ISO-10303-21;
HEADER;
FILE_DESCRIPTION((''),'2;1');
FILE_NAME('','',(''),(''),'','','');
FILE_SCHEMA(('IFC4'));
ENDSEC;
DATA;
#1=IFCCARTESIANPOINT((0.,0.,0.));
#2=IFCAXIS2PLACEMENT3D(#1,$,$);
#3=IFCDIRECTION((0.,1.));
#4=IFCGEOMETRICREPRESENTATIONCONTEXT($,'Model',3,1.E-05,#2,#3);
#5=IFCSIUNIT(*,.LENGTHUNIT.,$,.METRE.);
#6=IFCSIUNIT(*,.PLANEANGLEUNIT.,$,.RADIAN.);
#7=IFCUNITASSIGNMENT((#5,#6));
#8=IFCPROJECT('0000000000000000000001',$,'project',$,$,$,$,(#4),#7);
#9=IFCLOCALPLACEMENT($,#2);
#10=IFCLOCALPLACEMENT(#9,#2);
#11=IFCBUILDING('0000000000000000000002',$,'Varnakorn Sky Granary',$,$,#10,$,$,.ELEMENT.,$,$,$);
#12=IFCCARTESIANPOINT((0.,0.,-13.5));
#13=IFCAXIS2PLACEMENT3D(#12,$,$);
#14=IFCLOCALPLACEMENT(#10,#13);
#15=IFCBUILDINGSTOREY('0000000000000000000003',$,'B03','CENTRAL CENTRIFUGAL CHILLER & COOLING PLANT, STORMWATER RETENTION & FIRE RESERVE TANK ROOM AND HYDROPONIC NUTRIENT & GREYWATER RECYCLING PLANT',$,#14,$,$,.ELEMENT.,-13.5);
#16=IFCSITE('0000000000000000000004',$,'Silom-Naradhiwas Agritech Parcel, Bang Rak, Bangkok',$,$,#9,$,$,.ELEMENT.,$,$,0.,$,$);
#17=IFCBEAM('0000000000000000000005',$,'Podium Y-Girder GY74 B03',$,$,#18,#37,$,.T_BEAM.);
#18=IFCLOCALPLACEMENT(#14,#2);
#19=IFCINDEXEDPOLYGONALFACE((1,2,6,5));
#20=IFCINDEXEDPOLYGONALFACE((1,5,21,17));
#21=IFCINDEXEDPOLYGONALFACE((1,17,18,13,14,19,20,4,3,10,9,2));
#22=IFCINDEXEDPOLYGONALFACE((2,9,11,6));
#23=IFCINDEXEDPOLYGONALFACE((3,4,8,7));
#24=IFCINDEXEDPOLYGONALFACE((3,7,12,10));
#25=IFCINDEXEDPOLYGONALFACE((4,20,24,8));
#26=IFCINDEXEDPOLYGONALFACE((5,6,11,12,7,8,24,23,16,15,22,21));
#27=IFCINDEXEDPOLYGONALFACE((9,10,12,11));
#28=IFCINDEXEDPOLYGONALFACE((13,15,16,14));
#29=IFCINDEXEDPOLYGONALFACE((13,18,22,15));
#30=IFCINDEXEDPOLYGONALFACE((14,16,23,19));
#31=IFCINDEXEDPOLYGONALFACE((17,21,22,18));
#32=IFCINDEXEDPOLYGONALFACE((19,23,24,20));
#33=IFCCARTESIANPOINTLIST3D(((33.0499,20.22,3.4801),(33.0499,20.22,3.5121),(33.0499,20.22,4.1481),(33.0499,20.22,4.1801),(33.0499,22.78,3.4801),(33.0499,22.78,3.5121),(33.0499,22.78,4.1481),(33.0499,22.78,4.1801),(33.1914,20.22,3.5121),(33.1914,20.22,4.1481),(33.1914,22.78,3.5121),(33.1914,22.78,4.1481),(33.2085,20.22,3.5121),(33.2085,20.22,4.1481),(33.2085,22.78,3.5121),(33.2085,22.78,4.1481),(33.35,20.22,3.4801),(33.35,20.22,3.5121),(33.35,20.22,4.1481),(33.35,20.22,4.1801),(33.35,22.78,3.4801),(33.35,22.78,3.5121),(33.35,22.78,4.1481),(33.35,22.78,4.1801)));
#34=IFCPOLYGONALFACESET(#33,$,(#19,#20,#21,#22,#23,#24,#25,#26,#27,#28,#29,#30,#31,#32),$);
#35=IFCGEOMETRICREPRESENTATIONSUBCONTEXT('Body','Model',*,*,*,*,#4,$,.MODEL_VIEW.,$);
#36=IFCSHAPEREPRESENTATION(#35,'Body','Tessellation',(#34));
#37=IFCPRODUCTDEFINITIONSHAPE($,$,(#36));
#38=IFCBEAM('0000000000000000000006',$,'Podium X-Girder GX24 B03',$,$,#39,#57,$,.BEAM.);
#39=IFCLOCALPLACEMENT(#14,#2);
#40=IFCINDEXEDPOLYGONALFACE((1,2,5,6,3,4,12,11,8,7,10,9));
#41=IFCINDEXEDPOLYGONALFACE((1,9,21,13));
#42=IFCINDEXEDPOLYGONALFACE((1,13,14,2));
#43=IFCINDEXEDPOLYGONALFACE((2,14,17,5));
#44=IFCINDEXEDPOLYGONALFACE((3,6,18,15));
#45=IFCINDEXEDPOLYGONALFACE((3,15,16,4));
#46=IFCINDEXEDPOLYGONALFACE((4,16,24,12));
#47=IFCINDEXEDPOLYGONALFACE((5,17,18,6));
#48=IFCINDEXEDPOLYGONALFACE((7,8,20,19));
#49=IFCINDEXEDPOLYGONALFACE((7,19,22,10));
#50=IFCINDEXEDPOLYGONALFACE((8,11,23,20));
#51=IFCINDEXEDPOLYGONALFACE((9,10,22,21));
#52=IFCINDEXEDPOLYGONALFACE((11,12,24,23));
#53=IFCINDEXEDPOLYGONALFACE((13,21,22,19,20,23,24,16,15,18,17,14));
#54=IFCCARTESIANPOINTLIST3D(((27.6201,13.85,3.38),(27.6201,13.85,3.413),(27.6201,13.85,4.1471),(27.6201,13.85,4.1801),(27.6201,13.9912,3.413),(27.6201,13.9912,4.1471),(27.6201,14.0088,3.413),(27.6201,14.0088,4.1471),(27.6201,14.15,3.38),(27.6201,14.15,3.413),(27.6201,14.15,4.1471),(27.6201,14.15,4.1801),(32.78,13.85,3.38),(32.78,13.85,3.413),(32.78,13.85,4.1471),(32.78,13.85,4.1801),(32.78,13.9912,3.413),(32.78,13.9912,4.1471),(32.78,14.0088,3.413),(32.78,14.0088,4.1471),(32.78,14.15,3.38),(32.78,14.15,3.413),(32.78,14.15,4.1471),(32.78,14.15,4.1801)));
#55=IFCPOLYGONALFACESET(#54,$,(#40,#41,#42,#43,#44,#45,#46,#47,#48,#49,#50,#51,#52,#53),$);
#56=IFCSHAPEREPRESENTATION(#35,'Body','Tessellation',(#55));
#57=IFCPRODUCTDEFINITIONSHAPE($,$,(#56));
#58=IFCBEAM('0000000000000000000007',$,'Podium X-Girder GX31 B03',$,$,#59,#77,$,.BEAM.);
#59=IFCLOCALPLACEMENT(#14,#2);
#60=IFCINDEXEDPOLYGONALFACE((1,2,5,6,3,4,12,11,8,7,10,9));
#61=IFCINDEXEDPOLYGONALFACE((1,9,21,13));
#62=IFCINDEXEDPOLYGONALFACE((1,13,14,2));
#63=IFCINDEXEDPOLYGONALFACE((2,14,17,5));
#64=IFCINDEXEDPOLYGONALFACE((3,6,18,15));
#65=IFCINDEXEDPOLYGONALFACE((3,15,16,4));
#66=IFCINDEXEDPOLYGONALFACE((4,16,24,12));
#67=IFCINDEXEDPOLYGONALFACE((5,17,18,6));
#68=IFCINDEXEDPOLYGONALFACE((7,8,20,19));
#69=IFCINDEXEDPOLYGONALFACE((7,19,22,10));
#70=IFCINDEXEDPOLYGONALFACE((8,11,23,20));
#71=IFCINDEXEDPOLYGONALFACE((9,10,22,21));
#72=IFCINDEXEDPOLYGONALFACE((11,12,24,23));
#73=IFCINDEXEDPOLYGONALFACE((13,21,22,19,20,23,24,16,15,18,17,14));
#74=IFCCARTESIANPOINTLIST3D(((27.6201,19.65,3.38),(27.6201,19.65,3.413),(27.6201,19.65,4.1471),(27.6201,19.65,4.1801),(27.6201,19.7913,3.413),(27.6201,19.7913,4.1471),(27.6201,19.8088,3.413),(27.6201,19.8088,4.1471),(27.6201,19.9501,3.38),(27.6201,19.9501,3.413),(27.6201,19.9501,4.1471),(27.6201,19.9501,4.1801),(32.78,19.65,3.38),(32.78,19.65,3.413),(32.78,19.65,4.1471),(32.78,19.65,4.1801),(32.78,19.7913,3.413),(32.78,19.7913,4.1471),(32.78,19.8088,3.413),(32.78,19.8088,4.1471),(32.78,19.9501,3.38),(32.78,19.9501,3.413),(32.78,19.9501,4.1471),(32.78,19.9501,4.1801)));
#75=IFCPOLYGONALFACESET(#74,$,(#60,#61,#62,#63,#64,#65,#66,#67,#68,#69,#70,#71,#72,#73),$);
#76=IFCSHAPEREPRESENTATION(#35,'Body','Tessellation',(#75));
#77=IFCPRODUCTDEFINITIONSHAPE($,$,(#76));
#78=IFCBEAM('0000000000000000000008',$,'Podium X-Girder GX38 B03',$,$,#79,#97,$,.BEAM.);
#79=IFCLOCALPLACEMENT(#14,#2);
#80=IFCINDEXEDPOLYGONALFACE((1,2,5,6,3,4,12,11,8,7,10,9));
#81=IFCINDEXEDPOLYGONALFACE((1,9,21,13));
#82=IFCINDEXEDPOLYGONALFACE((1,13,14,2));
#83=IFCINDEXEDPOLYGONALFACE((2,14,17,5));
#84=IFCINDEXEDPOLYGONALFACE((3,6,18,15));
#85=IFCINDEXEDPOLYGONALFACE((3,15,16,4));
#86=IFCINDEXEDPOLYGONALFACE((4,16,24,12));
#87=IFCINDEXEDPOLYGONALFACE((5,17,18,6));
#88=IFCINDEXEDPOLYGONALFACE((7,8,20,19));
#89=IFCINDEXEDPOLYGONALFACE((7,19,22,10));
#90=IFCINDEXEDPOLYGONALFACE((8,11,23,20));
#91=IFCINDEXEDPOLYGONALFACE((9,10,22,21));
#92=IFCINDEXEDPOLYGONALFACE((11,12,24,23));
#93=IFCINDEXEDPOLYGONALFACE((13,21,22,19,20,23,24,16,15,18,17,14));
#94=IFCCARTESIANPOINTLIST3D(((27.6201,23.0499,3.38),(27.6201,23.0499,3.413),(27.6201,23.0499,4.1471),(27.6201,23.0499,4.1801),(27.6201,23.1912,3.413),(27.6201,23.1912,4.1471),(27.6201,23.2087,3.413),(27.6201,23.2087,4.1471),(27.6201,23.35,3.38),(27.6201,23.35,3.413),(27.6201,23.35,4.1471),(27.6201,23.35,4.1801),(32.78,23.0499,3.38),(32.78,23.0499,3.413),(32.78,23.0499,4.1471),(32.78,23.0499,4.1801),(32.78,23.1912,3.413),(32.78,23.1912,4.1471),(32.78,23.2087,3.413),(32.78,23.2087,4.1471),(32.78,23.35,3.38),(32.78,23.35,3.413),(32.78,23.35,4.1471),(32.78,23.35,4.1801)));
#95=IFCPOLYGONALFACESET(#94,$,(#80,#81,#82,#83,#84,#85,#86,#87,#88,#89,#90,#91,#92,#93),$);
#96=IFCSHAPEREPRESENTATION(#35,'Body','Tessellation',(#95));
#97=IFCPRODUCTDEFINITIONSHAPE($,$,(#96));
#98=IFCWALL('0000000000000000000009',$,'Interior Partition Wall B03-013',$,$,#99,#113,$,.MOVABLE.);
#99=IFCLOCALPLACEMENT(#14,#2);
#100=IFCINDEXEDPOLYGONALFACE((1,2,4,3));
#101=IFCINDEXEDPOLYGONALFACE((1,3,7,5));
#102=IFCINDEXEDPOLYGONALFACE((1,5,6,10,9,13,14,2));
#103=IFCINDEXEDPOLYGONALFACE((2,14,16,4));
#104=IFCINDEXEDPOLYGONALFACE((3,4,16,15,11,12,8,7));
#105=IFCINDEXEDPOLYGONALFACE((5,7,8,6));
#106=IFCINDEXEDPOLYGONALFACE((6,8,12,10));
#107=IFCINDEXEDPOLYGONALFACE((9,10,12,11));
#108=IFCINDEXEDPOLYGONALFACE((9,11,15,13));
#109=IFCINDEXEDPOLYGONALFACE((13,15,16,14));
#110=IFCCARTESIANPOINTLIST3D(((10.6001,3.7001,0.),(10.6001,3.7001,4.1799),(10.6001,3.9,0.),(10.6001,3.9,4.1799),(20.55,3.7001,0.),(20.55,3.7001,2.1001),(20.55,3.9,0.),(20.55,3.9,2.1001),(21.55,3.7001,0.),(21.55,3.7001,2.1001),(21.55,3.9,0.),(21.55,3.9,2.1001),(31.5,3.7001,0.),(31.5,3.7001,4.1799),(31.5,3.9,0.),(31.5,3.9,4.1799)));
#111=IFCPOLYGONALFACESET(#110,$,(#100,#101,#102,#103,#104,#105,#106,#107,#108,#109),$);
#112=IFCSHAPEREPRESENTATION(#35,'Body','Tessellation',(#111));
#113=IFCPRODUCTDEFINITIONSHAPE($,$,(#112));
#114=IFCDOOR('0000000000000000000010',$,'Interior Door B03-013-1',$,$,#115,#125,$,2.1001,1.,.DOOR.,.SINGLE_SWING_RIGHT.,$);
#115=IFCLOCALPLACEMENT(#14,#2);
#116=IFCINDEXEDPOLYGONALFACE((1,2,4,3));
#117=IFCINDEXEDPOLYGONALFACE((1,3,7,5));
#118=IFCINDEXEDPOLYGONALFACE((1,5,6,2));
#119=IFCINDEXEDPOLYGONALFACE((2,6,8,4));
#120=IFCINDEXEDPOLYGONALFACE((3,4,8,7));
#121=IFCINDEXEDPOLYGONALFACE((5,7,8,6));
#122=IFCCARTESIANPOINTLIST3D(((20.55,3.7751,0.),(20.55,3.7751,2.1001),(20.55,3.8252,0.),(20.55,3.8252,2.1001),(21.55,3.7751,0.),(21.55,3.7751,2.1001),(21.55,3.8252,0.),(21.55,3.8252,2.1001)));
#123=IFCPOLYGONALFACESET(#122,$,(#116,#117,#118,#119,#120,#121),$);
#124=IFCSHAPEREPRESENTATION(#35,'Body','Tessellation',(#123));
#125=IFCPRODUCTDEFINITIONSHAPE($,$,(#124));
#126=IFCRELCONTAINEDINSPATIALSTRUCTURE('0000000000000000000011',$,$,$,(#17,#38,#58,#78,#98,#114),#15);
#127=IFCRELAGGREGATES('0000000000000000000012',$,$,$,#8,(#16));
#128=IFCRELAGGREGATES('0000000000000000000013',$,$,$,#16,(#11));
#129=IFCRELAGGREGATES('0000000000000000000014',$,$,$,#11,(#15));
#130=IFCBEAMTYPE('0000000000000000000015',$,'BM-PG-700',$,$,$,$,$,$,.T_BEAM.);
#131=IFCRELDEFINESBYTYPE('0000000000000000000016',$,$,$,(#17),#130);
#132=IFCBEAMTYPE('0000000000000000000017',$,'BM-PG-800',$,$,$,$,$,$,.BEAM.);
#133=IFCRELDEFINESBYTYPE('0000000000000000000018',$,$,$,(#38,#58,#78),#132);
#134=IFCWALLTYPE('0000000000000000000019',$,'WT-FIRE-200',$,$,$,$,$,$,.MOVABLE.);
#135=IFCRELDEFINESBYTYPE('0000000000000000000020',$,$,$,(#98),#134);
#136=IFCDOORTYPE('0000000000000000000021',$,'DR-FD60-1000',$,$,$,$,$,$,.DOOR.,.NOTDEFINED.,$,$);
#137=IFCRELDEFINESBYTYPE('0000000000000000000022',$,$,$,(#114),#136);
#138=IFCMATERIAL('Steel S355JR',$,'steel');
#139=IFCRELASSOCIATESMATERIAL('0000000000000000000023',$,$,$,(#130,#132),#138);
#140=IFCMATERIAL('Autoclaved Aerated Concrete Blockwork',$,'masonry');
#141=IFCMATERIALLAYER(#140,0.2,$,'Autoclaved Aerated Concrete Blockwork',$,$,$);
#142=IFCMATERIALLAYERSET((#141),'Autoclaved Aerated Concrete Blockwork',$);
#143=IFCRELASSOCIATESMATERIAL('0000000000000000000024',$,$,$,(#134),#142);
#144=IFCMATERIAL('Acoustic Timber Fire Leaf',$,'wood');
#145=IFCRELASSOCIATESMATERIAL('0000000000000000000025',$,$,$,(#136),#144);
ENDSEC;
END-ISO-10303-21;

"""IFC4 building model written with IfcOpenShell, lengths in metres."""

from ifc_helpers import new_model, si_unit, direction, frame, frame_2d, origin, origin_2d, place, context, subcontext, project, spatial, rectangle, i_section, extrude, material, layer, layer_set, material_profile, profile_set, type_object, element, fill, save


model = new_model("IFC4")

# Units and contexts
model_context = context("Model", 3, precision=1e-05, world=origin(), true_north=direction((0.0, 1.0)))
body_context = subcontext(model_context, "Body", "Model", "MODEL_VIEW")
ifc_project = project(units=[si_unit("LENGTHUNIT", "METRE"), si_unit("PLANEANGLEUNIT", "RADIAN")], contexts=[model_context])

# Site, building, storey
site_placement = place(None, origin())
site = spatial("IfcSite", under=ifc_project, at=site_placement, Name="Silom-Naradhiwas Agritech Parcel, Bang Rak, Bangkok", CompositionType="ELEMENT", RefElevation=0.0)
building_placement = place(site_placement, origin())
building = spatial("IfcBuilding", under=site, at=building_placement, Name="Varnakorn Sky Granary", CompositionType="ELEMENT")
storey_placement = place(building_placement, frame((0.0, 0.0, -13.5)))
storey = spatial("IfcBuildingStorey", under=building, at=storey_placement, Name="B03", Description="CENTRAL CENTRIFUGAL CHILLER & COOLING PLANT, STORMWATER RETENTION & FIRE RESERVE TANK ROOM AND HYDROPONIC NUTRIENT & GREYWATER RECYCLING PLANT", CompositionType="ELEMENT", Elevation=-13.5)

# Beams
ifc_material_1 = material(Name="Steel S355JR", Category="steel")
ifc_material_profile_1 = material_profile(ifc_material_1, i_section(OverallWidth=0.3, OverallDepth=0.7, WebThickness=0.0171, FlangeThickness=0.032, at=origin_2d()), Name="HE 700 B")
ifc_profile_set_1 = profile_set([ifc_material_profile_1], Name="Steel S355JR")
beam_type_1 = type_object("IfcBeamType", Name="BM-PG-700", PredefinedType="T_BEAM", material=ifc_profile_set_1)
beam_1_placement = place(storey_placement, frame((33.2, 20.22, 3.8301), z_axis=(0.0, 1.0, 0.0), x_axis=(-1.0, 0.0, 0.0)))
element("IfcBeam", 1, at=beam_1_placement, inside=storey, type_object=beam_type_1, Name="Podium Y-Girder GY74 B03", PredefinedType="T_BEAM", context=body_context, shape_type="SweptSolid", body=[
    extrude(i_section(OverallWidth=0.3, OverallDepth=0.7, WebThickness=0.0171, FlangeThickness=0.032, at=origin_2d()), origin(), (0.0, 0.0, 1.0), 2.5601),
])
ifc_material_profile_2 = material_profile(ifc_material_1, i_section(OverallWidth=0.3, OverallDepth=0.8, WebThickness=0.0176, FlangeThickness=0.033, at=origin_2d()), Name="HE 800 B")
ifc_profile_set_2 = profile_set([ifc_material_profile_2], Name="Steel S355JR")
beam_type_2 = type_object("IfcBeamType", Name="BM-PG-800", PredefinedType="BEAM", material=ifc_profile_set_2)
for number, where, z_axis, x_axis, name in (
    (2, (27.6201, 14.0, 3.78), (1.0, 0.0, 0.0), (0.0, 1.0, 0.0), "Podium X-Girder GX24 B03"),
    (3, (27.6201, 19.8, 3.78), (1.0, 0.0, 0.0), (0.0, 1.0, 0.0), "Podium X-Girder GX31 B03"),
    (4, (27.6201, 23.2, 3.78), (1.0, 0.0, 0.0), (0.0, 1.0, 0.0), "Podium X-Girder GX38 B03"),
):
    element("IfcBeam", number, at=place(storey_placement, frame(where, z_axis=z_axis, x_axis=x_axis)), inside=storey, type_object=beam_type_2, Name=name, PredefinedType="BEAM", context=body_context, shape_type="SweptSolid", body=[
        extrude(i_section(OverallWidth=0.3, OverallDepth=0.8, WebThickness=0.0176, FlangeThickness=0.033, at=origin_2d()), origin(), (0.0, 0.0, 1.0), 5.1599),
    ])

# Wall, opening, door
ifc_material_2 = material(Name="Autoclaved Aerated Concrete Blockwork", Category="masonry")
ifc_layer = layer(ifc_material_2, 0.2, Name="Autoclaved Aerated Concrete Blockwork")
ifc_layer_set = layer_set([ifc_layer], Name="Autoclaved Aerated Concrete Blockwork")
wall_type = type_object("IfcWallType", Name="WT-FIRE-200", PredefinedType="MOVABLE", material=ifc_layer_set)
wall_placement = place(storey_placement, frame((31.5, 3.8, 0.0), z_axis=(0.0, 0.0, 1.0), x_axis=(-1.0, 0.0, 0.0)))
wall = element("IfcWall", 5, at=wall_placement, inside=storey, type_object=wall_type, Name="Interior Partition Wall B03-013", PredefinedType="MOVABLE", context=body_context, shape_type="SweptSolid", body=[
    extrude(rectangle(XDim=20.8999, YDim=0.2, at=frame_2d((10.45, 0.0))), origin(), (0.0, 0.0, 1.0), 4.1799),
])
opening_placement = place(wall_placement, frame((9.95, 0.0, 0.0)))
opening = element("IfcOpeningElement", 6, at=opening_placement, cuts=wall, PredefinedType="OPENING", context=body_context, shape_type="SweptSolid", body=[
    extrude(rectangle(XDim=1.0, YDim=2.1001, at=frame_2d((0.5, 1.05))), frame((0.0, 0.1099, 0.0), z_axis=(0.0, -1.0, 0.0), x_axis=(1.0, 0.0, 0.0)), (0.0, 0.0, 1.0), 0.22),
])
ifc_material_3 = material(Name="Acoustic Timber Fire Leaf", Category="wood")
door_type = type_object("IfcDoorType", Name="DR-FD60-1000", OperationType="NOTDEFINED", PredefinedType="DOOR", material=ifc_material_3)
door_placement = place(opening_placement, origin())
door = element("IfcDoor", 7, at=door_placement, inside=storey, type_object=door_type, Name="Interior Door B03-013-1", OperationType="SINGLE_SWING_RIGHT", OverallHeight=2.1001, OverallWidth=1.0, PredefinedType="DOOR", context=body_context, shape_type="SweptSolid", body=[
    extrude(rectangle(XDim=1.0, YDim=2.1001, at=frame_2d((0.5, 1.05))), frame((0.0, 0.0249, 0.0), z_axis=(0.0, -1.0, 0.0), x_axis=(1.0, 0.0, 0.0)), (0.0, 0.0, 1.0), 0.05),
])
fill(opening, door)

save(model, "model.ifc")
